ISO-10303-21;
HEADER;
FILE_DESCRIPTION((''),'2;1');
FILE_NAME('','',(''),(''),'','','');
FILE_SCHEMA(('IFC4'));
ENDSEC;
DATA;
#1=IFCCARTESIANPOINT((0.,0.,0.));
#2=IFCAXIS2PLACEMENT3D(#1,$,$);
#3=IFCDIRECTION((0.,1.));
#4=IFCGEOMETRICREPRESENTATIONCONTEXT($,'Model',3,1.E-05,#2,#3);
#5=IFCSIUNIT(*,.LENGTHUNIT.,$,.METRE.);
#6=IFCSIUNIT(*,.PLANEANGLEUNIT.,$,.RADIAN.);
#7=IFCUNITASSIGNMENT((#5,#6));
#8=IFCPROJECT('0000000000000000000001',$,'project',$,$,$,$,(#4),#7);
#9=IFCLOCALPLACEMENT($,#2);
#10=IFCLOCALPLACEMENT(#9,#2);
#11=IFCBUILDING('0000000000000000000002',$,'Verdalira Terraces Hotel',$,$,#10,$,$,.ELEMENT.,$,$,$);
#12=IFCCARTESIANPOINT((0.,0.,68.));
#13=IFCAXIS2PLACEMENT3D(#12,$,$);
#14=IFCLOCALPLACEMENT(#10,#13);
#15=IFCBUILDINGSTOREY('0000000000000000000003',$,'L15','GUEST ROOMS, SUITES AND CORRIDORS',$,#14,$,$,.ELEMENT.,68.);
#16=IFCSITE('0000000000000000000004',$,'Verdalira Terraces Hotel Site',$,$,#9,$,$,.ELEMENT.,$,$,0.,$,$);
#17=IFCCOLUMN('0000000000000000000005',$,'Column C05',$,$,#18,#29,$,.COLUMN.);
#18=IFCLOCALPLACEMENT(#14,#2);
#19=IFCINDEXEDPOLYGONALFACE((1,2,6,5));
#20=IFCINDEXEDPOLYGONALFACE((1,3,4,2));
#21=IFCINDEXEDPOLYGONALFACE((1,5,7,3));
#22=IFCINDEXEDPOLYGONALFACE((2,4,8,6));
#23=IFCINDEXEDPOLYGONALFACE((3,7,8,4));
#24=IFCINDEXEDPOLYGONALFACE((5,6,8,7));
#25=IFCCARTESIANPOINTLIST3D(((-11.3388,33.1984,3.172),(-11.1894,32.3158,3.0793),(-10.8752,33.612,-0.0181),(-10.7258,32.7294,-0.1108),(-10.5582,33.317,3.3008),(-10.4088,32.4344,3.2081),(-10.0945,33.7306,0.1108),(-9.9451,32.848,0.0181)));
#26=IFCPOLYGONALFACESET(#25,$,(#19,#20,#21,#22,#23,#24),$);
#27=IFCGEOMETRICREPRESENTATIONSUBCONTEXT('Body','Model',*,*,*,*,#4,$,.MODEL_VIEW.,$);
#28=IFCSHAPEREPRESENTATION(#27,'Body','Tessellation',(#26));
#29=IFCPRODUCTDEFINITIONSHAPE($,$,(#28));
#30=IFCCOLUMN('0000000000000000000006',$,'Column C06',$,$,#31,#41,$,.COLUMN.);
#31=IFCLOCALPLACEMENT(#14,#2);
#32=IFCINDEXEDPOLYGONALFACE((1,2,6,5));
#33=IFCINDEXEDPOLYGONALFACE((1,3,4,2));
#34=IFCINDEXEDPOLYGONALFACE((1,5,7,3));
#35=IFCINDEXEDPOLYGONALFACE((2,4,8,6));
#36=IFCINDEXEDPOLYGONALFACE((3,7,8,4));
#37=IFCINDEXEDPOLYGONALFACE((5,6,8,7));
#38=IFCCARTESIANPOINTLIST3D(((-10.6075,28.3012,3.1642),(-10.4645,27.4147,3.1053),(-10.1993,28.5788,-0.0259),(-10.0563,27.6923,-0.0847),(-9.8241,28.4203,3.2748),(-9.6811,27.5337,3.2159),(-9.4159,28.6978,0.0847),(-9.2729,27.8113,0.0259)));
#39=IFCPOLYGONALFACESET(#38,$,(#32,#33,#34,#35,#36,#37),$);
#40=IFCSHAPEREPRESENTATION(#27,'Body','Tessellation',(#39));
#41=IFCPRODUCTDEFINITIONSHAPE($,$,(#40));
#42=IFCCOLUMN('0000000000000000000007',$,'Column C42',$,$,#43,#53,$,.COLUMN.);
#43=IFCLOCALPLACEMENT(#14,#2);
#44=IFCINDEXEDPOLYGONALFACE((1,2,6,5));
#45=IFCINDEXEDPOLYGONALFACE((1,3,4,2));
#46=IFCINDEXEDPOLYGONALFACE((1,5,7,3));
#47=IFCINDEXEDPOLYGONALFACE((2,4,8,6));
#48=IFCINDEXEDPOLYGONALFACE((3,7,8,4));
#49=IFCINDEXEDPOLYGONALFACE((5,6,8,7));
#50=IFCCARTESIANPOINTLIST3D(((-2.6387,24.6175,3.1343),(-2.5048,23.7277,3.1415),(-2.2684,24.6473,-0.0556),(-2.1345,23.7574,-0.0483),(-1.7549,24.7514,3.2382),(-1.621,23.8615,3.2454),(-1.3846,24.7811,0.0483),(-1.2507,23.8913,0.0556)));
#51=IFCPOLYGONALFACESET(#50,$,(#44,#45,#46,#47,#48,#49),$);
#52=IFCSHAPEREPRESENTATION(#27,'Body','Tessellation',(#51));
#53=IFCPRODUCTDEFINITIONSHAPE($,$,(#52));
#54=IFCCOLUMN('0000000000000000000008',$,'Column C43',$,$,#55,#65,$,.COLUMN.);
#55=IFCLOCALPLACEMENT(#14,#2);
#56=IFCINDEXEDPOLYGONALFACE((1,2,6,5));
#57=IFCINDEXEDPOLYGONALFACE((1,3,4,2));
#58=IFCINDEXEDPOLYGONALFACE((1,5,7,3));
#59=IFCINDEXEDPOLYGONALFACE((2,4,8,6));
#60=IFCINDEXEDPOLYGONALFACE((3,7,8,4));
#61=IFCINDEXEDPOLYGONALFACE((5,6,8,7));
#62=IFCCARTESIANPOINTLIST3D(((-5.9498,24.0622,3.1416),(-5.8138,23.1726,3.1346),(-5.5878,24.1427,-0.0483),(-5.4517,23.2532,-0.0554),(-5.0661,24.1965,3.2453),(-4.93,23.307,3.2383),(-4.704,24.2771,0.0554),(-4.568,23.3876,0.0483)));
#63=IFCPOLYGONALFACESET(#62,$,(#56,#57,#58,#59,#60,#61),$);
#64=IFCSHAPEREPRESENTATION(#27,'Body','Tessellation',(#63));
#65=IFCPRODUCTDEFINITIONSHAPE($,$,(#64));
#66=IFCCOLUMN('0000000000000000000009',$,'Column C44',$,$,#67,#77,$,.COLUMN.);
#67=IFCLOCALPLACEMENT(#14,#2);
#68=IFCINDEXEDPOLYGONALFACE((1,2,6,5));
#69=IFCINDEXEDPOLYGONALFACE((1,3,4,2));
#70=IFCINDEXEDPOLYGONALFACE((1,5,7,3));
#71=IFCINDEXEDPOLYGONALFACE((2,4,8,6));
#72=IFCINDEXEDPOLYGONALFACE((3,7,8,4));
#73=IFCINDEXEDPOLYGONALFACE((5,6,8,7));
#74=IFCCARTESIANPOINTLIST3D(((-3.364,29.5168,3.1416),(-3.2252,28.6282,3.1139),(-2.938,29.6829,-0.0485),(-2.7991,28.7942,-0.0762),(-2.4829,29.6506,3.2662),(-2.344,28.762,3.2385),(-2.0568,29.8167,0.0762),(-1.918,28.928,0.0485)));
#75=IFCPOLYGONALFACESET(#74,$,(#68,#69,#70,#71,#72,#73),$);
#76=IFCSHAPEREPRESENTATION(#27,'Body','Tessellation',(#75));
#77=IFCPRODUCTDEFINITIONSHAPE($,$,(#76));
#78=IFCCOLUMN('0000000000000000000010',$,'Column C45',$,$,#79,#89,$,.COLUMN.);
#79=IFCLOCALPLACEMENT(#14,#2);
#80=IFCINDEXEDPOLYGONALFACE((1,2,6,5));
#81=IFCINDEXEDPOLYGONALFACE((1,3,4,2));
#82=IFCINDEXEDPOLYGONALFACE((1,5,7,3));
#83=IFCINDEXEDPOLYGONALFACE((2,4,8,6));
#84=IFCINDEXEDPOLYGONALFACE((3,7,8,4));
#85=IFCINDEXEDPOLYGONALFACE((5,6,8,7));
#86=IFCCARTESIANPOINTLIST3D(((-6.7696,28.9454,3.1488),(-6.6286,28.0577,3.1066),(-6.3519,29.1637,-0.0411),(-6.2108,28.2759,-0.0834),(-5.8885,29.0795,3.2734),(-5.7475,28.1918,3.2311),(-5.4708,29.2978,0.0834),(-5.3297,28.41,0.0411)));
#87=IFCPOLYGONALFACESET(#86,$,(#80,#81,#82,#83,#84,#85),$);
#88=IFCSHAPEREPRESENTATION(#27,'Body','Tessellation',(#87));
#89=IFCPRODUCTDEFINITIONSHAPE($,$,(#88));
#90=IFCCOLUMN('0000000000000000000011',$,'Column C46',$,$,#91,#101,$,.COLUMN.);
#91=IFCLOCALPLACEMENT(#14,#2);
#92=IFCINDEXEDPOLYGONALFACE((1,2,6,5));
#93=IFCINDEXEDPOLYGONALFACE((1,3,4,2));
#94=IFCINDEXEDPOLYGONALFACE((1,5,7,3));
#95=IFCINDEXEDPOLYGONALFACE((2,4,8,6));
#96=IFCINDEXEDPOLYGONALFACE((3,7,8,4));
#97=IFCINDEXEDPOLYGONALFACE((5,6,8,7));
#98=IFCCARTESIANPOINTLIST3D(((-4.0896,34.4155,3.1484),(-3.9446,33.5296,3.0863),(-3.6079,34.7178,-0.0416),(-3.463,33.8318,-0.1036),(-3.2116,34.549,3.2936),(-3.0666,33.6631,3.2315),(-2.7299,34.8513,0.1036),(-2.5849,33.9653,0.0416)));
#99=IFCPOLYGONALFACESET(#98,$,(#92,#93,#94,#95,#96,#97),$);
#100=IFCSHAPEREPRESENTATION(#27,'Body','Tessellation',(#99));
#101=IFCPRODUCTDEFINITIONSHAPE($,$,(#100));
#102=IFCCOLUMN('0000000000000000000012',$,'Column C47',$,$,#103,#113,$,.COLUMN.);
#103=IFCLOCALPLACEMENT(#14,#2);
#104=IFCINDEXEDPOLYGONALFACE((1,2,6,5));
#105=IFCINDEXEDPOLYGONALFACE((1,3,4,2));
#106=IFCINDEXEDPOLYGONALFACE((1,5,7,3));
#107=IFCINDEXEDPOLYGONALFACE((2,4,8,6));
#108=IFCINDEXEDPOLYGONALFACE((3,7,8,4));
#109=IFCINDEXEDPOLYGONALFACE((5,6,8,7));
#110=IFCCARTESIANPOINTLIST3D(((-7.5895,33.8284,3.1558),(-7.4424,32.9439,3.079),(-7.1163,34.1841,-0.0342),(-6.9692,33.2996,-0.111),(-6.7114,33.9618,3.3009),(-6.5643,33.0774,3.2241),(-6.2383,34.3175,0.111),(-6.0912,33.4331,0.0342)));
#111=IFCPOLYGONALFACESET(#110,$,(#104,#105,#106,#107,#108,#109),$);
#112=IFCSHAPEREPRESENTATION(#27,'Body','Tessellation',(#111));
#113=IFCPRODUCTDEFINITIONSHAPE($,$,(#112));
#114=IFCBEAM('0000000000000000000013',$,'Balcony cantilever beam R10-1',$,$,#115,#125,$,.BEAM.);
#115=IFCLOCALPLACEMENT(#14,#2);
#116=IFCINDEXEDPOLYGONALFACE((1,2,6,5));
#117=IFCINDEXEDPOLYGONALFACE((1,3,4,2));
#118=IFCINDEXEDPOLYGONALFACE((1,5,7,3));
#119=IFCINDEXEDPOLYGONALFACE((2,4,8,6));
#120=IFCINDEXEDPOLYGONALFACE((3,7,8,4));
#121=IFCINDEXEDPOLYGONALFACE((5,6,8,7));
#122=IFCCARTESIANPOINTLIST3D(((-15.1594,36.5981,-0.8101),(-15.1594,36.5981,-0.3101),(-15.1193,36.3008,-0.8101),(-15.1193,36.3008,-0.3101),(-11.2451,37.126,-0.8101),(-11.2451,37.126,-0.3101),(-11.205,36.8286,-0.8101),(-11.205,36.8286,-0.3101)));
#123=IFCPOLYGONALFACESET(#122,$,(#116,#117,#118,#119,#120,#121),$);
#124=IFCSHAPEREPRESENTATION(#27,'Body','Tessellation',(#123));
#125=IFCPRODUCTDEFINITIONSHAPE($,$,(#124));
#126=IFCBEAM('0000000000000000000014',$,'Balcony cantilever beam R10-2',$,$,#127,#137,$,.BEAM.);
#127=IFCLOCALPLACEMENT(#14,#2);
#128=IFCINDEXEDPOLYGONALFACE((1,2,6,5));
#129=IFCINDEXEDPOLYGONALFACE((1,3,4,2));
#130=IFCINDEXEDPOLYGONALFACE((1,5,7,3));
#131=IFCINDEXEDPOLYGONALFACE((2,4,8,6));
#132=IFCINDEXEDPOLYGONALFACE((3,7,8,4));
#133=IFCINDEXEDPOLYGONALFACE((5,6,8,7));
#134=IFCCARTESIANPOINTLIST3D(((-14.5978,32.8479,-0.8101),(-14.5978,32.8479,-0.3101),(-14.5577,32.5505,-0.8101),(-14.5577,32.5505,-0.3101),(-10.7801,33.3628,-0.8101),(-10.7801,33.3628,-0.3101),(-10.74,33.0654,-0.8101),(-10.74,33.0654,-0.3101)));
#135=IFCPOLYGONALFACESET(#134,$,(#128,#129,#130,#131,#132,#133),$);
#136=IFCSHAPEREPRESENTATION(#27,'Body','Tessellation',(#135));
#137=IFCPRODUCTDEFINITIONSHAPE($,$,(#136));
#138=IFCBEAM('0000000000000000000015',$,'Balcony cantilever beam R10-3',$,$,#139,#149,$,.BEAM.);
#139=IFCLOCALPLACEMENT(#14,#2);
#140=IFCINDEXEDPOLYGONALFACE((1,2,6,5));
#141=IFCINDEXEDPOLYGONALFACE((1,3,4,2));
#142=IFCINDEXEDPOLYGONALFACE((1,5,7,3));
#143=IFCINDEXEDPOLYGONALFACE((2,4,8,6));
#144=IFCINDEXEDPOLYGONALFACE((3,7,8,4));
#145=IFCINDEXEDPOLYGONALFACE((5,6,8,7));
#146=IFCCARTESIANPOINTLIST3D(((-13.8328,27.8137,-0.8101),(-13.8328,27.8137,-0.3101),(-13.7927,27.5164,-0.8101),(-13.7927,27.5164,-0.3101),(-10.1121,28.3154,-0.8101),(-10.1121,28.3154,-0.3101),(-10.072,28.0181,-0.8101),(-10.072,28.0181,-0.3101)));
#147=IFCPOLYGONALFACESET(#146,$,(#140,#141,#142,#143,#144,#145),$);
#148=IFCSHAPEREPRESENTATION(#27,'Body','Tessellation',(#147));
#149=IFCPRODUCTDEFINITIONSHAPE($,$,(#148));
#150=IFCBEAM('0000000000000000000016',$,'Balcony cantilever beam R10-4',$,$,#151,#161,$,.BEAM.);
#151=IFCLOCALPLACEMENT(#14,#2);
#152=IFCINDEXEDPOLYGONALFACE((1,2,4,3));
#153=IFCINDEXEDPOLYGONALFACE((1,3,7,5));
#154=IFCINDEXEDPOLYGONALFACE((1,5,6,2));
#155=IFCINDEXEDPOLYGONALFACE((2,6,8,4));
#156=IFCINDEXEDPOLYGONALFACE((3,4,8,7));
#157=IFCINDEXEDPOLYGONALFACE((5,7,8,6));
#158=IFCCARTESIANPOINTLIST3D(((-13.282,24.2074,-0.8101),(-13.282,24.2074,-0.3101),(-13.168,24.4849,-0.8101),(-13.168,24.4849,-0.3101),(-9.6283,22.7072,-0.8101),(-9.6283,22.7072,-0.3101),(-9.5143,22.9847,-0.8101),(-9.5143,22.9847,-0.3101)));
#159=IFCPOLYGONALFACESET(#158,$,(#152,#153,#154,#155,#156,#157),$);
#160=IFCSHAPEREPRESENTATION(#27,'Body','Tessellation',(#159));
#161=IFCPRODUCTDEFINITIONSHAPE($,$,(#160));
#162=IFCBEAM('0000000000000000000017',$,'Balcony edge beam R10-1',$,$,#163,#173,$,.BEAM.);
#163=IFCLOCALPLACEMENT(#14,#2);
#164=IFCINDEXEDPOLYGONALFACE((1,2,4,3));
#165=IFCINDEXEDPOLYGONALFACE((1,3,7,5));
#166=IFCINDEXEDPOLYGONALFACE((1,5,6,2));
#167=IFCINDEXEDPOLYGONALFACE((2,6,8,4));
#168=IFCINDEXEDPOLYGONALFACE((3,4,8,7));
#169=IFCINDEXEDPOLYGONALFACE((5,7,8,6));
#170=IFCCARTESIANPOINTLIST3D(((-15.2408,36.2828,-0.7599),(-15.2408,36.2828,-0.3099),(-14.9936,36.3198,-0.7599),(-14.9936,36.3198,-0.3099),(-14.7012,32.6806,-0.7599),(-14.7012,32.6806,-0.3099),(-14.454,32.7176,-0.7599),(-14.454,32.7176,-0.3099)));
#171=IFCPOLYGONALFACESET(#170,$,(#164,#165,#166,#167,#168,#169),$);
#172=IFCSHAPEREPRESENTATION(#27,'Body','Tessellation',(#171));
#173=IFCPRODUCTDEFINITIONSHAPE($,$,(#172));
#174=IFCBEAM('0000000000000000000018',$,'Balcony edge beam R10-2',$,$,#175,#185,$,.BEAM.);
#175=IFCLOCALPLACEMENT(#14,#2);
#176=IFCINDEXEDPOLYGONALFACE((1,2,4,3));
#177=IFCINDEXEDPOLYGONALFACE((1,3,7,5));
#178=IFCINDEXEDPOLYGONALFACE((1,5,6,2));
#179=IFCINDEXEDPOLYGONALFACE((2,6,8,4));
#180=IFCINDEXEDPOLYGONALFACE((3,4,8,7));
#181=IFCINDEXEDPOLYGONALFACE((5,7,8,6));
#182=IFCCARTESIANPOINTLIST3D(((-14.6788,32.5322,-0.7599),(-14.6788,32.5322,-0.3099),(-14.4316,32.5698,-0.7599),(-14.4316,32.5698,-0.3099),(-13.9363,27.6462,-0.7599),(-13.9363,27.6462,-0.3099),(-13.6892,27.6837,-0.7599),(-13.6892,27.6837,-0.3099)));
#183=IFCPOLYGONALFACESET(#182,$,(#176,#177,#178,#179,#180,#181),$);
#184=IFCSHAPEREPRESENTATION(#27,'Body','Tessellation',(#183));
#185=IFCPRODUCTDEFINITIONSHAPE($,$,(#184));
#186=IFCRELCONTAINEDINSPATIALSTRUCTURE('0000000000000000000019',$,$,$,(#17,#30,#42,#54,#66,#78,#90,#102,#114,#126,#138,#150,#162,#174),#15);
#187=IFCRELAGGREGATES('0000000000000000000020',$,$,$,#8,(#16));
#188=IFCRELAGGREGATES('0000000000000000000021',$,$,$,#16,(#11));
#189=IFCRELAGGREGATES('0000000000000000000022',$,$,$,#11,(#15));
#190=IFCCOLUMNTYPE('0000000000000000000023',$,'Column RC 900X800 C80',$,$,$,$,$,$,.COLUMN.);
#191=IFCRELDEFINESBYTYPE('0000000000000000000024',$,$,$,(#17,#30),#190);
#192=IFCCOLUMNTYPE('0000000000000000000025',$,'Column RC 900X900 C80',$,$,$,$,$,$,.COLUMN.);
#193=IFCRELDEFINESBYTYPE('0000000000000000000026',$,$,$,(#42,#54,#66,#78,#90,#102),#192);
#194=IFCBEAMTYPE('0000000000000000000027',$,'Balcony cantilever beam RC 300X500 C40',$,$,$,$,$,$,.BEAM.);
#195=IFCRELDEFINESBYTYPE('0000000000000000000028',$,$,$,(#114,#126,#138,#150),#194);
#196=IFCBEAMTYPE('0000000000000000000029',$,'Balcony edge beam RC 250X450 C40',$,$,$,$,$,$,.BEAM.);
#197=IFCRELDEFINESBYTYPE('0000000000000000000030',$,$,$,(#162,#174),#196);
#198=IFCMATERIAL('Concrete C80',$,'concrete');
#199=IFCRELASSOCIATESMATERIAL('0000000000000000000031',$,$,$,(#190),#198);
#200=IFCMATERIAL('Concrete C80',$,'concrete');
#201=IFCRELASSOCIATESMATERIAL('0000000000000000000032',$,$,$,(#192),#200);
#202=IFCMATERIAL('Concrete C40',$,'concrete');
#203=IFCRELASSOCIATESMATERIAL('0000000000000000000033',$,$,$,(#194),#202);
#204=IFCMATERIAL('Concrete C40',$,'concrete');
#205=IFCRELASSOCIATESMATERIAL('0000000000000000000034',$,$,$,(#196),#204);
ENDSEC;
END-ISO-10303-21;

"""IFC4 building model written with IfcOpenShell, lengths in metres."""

from ifc_helpers import new_model, si_unit, direction, frame, origin, origin_2d, place, context, subcontext, project, spatial, rectangle, extrude, material, material_profile, profile_set, type_object, element, save


model = new_model("IFC4")

# Units and contexts
model_context = context("Model", 3, precision=1e-05, world=origin(), true_north=direction((0.0, 1.0)))
body_context = subcontext(model_context, "Body", "Model", "MODEL_VIEW")
ifc_project = project(units=[si_unit("LENGTHUNIT", "METRE"), si_unit("PLANEANGLEUNIT", "RADIAN")], contexts=[model_context])

# Site, building, storey
site_placement = place(None, origin())
site = spatial("IfcSite", under=ifc_project, at=site_placement, Name="Verdalira Terraces Hotel Site", CompositionType="ELEMENT", RefElevation=0.0)
building_placement = place(site_placement, origin())
building = spatial("IfcBuilding", under=site, at=building_placement, Name="Verdalira Terraces Hotel", CompositionType="ELEMENT")
storey_placement = place(building_placement, frame((0.0, 0.0, 68.0)))
storey = spatial("IfcBuildingStorey", under=building, at=storey_placement, Name="L15", Description="GUEST ROOMS, SUITES AND CORRIDORS", CompositionType="ELEMENT", Elevation=68.0)

# Columns
ifc_material_1 = material(Name="Concrete C80", Category="concrete")
ifc_material_profile_1 = material_profile(ifc_material_1, rectangle(XDim=0.8999, YDim=0.8, at=origin_2d()), Name="RC 900X800")
ifc_profile_set_1 = profile_set([ifc_material_profile_1], Name="Concrete C80")
column_type_1 = type_object("IfcColumnType", Name="Column RC 900X800 C80", PredefinedType="COLUMN", material=ifc_profile_set_1)
column_1_placement = place(storey_placement, frame((-10.4102, 33.23, 0.0), z_axis=(-0.142659, -0.127258, 0.981557), x_axis=(0.166015, -0.980727, -0.103022)))
element("IfcColumn", 1, at=column_1_placement, inside=storey, type_object=column_type_1, Name="Column C05", PredefinedType="COLUMN", context=body_context, shape_type="SweptSolid", body=[
    extrude(rectangle(XDim=0.8999, YDim=0.8, at=origin_2d()), origin(), (0.0, 0.0, 1.0), 3.25),
])
column_2_placement = place(storey_placement, frame((-9.7361, 28.1951, 0.0), z_axis=(-0.12646, -0.085996, 0.988237), x_axis=(0.158944, -0.98512, -0.065386)))
element("IfcColumn", 2, at=column_2_placement, inside=storey, type_object=column_type_1, Name="Column C06", PredefinedType="COLUMN", context=body_context, shape_type="SweptSolid", body=[
    extrude(rectangle(XDim=0.8999, YDim=0.8, at=origin_2d()), origin(), (0.0, 0.0, 1.0), 3.228),
])
ifc_material_2 = material(Name="Concrete C80", Category="concrete")
ifc_material_profile_2 = material_profile(ifc_material_2, rectangle(XDim=0.8999, YDim=0.8999, at=origin_2d()), Name="RC 900X900")
ifc_profile_set_2 = profile_set([ifc_material_profile_2], Name="Concrete C80")
column_type_2 = type_object("IfcColumnType", Name="Column RC 900X900 C80", PredefinedType="COLUMN", material=ifc_profile_set_2)
for number, where, z_axis, x_axis, name in (
    (3, (-1.7595, 24.2693, 0.0), (-0.115323, -0.009275, 0.993285), (-0.148805, 0.988834, -0.008044), "Column C42"),
    (4, (-5.0779, 23.7651, 0.0), (-0.112741, -0.025087, 0.993308), (-0.151194, 0.988473, 0.007805), "Column C43"),
):
    element("IfcColumn", number, at=place(storey_placement, frame(where, z_axis=z_axis, x_axis=x_axis)), inside=storey, type_object=column_type_2, Name=name, PredefinedType="COLUMN", context=body_context, shape_type="SweptSolid", body=[
        extrude(rectangle(XDim=0.8999, YDim=0.8999, at=origin_2d()), origin(), (0.0, 0.0, 1.0), 3.2114),
    ])
column_3_placement = place(storey_placement, frame((-2.428, 29.3054, 0.0), z_axis=(-0.132202, -0.051517, 0.989883), x_axis=(-0.154309, 0.987543, 0.030787)))
element("IfcColumn", 5, at=column_3_placement, inside=storey, type_object=column_type_2, Name="Column C44", PredefinedType="COLUMN", context=body_context, shape_type="SweptSolid", body=[
    extrude(rectangle(XDim=0.8999, YDim=0.8999, at=origin_2d()), origin(), (0.0, 0.0, 1.0), 3.2227),
])
column_4_placement = place(storey_placement, frame((-5.8408, 28.7869, 0.0), z_axis=(-0.129544, -0.067687, 0.989261), x_axis=(-0.156761, 0.986519, 0.046972)))
element("IfcColumn", 6, at=column_4_placement, inside=storey, type_object=column_type_2, Name="Column C45", PredefinedType="COLUMN", context=body_context, shape_type="SweptSolid", body=[
    extrude(rectangle(XDim=0.8999, YDim=0.8999, at=origin_2d()), origin(), (0.0, 0.0, 1.0), 3.2246),
])
column_5_placement = place(storey_placement, frame((-3.0964, 34.3416, 0.0), z_axis=(-0.148659, -0.093279, 0.984479), x_axis=(-0.161107, 0.984525, 0.068956)))
element("IfcColumn", 7, at=column_5_placement, inside=storey, type_object=column_type_2, Name="Column C46", PredefinedType="COLUMN", context=body_context, shape_type="SweptSolid", body=[
    extrude(rectangle(XDim=0.8999, YDim=0.8999, at=origin_2d()), origin(), (0.0, 0.0, 1.0), 3.2402),
])
column_6_placement = place(storey_placement, frame((-6.6038, 33.8086, 0.0), z_axis=(-0.145834, -0.109639, 0.983215), x_axis=(-0.16346, 0.982851, 0.085353)))
element("IfcColumn", 8, at=column_6_placement, inside=storey, type_object=column_type_2, Name="Column C47", PredefinedType="COLUMN", context=body_context, shape_type="SweptSolid", body=[
    extrude(rectangle(XDim=0.8999, YDim=0.8999, at=origin_2d()), origin(), (0.0, 0.0, 1.0), 3.2444),
])

# Beams
ifc_material_3 = material(Name="Concrete C40", Category="concrete")
ifc_material_profile_3 = material_profile(ifc_material_3, rectangle(XDim=0.3, YDim=0.5, at=origin_2d()), Name="RC 300X500")
ifc_profile_set_3 = profile_set([ifc_material_profile_3], Name="Concrete C40")
beam_type_1 = type_object("IfcBeamType", Name="Balcony cantilever beam RC 300X500 C40", PredefinedType="BEAM", material=ifc_profile_set_3)
beam_1_placement = place(storey_placement, frame((-11.2251, 36.9773, -0.5601), z_axis=(-0.99103, -0.133637, 0.0), x_axis=(0.133637, -0.99103, 0.0)))
element("IfcBeam", 9, at=beam_1_placement, inside=storey, type_object=beam_type_1, Name="Balcony cantilever beam R10-1", PredefinedType="BEAM", context=body_context, shape_type="SweptSolid", body=[
    extrude(rectangle(XDim=0.3, YDim=0.5, at=origin_2d()), origin(), (0.0, 0.0, 1.0), 3.9497),
])
beam_2_placement = place(storey_placement, frame((-10.76, 33.2141, -0.5601), z_axis=(-0.991027, -0.133662, 0.0), x_axis=(0.133662, -0.991027, 0.0)))
element("IfcBeam", 10, at=beam_2_placement, inside=storey, type_object=beam_type_1, Name="Balcony cantilever beam R10-2", PredefinedType="BEAM", context=body_context, shape_type="SweptSolid", body=[
    extrude(rectangle(XDim=0.3, YDim=0.5, at=origin_2d()), origin(), (0.0, 0.0, 1.0), 3.8523),
])
beam_3_placement = place(storey_placement, frame((-10.092, 28.1667, -0.5601), z_axis=(-0.991031, -0.133633, 0.0), x_axis=(0.133633, -0.991031, 0.0)))
element("IfcBeam", 11, at=beam_3_placement, inside=storey, type_object=beam_type_1, Name="Balcony cantilever beam R10-3", PredefinedType="BEAM", context=body_context, shape_type="SweptSolid", body=[
    extrude(rectangle(XDim=0.3, YDim=0.5, at=origin_2d()), origin(), (0.0, 0.0, 1.0), 3.7544),
])
beam_4_placement = place(storey_placement, frame((-9.5713, 22.8459, -0.5601), z_axis=(-0.925058, 0.379826, 0.0), x_axis=(-0.379826, -0.925058, 0.0)))
element("IfcBeam", 12, at=beam_4_placement, inside=storey, type_object=beam_type_1, Name="Balcony cantilever beam R10-4", PredefinedType="BEAM", context=body_context, shape_type="SweptSolid", body=[
    extrude(rectangle(XDim=0.3, YDim=0.5, at=origin_2d()), origin(), (0.0, 0.0, 1.0), 3.9497),
])
ifc_material_4 = material(Name="Concrete C40", Category="concrete")
ifc_material_profile_4 = material_profile(ifc_material_4, rectangle(XDim=0.25, YDim=0.45, at=origin_2d()), Name="RC 250X450")
ifc_profile_set_4 = profile_set([ifc_material_profile_4], Name="Concrete C40")
beam_type_2 = type_object("IfcBeamType", Name="Balcony edge beam RC 250X450 C40", PredefinedType="BEAM", material=ifc_profile_set_4)
beam_5_placement = place(storey_placement, frame((-15.1172, 36.3013, -0.5349), z_axis=(0.148137, -0.988967, 0.0), x_axis=(0.988967, 0.148137, 0.0)))
element("IfcBeam", 13, at=beam_5_placement, inside=storey, type_object=beam_type_2, Name="Balcony edge beam R10-1", PredefinedType="BEAM", context=body_context, shape_type="SweptSolid", body=[
    extrude(rectangle(XDim=0.25, YDim=0.45, at=origin_2d()), origin(), (0.0, 0.0, 1.0), 3.6423),
])
beam_6_placement = place(storey_placement, frame((-14.5552, 32.551, -0.5349), z_axis=(0.150227, -0.988652, 0.0), x_axis=(0.988652, 0.150227, 0.0)))
element("IfcBeam", 14, at=beam_6_placement, inside=storey, type_object=beam_type_2, Name="Balcony edge beam R10-2", PredefinedType="BEAM", context=body_context, shape_type="SweptSolid", body=[
    extrude(rectangle(XDim=0.25, YDim=0.45, at=origin_2d()), origin(), (0.0, 0.0, 1.0), 4.9421),
])

save(model, "model.ifc")
